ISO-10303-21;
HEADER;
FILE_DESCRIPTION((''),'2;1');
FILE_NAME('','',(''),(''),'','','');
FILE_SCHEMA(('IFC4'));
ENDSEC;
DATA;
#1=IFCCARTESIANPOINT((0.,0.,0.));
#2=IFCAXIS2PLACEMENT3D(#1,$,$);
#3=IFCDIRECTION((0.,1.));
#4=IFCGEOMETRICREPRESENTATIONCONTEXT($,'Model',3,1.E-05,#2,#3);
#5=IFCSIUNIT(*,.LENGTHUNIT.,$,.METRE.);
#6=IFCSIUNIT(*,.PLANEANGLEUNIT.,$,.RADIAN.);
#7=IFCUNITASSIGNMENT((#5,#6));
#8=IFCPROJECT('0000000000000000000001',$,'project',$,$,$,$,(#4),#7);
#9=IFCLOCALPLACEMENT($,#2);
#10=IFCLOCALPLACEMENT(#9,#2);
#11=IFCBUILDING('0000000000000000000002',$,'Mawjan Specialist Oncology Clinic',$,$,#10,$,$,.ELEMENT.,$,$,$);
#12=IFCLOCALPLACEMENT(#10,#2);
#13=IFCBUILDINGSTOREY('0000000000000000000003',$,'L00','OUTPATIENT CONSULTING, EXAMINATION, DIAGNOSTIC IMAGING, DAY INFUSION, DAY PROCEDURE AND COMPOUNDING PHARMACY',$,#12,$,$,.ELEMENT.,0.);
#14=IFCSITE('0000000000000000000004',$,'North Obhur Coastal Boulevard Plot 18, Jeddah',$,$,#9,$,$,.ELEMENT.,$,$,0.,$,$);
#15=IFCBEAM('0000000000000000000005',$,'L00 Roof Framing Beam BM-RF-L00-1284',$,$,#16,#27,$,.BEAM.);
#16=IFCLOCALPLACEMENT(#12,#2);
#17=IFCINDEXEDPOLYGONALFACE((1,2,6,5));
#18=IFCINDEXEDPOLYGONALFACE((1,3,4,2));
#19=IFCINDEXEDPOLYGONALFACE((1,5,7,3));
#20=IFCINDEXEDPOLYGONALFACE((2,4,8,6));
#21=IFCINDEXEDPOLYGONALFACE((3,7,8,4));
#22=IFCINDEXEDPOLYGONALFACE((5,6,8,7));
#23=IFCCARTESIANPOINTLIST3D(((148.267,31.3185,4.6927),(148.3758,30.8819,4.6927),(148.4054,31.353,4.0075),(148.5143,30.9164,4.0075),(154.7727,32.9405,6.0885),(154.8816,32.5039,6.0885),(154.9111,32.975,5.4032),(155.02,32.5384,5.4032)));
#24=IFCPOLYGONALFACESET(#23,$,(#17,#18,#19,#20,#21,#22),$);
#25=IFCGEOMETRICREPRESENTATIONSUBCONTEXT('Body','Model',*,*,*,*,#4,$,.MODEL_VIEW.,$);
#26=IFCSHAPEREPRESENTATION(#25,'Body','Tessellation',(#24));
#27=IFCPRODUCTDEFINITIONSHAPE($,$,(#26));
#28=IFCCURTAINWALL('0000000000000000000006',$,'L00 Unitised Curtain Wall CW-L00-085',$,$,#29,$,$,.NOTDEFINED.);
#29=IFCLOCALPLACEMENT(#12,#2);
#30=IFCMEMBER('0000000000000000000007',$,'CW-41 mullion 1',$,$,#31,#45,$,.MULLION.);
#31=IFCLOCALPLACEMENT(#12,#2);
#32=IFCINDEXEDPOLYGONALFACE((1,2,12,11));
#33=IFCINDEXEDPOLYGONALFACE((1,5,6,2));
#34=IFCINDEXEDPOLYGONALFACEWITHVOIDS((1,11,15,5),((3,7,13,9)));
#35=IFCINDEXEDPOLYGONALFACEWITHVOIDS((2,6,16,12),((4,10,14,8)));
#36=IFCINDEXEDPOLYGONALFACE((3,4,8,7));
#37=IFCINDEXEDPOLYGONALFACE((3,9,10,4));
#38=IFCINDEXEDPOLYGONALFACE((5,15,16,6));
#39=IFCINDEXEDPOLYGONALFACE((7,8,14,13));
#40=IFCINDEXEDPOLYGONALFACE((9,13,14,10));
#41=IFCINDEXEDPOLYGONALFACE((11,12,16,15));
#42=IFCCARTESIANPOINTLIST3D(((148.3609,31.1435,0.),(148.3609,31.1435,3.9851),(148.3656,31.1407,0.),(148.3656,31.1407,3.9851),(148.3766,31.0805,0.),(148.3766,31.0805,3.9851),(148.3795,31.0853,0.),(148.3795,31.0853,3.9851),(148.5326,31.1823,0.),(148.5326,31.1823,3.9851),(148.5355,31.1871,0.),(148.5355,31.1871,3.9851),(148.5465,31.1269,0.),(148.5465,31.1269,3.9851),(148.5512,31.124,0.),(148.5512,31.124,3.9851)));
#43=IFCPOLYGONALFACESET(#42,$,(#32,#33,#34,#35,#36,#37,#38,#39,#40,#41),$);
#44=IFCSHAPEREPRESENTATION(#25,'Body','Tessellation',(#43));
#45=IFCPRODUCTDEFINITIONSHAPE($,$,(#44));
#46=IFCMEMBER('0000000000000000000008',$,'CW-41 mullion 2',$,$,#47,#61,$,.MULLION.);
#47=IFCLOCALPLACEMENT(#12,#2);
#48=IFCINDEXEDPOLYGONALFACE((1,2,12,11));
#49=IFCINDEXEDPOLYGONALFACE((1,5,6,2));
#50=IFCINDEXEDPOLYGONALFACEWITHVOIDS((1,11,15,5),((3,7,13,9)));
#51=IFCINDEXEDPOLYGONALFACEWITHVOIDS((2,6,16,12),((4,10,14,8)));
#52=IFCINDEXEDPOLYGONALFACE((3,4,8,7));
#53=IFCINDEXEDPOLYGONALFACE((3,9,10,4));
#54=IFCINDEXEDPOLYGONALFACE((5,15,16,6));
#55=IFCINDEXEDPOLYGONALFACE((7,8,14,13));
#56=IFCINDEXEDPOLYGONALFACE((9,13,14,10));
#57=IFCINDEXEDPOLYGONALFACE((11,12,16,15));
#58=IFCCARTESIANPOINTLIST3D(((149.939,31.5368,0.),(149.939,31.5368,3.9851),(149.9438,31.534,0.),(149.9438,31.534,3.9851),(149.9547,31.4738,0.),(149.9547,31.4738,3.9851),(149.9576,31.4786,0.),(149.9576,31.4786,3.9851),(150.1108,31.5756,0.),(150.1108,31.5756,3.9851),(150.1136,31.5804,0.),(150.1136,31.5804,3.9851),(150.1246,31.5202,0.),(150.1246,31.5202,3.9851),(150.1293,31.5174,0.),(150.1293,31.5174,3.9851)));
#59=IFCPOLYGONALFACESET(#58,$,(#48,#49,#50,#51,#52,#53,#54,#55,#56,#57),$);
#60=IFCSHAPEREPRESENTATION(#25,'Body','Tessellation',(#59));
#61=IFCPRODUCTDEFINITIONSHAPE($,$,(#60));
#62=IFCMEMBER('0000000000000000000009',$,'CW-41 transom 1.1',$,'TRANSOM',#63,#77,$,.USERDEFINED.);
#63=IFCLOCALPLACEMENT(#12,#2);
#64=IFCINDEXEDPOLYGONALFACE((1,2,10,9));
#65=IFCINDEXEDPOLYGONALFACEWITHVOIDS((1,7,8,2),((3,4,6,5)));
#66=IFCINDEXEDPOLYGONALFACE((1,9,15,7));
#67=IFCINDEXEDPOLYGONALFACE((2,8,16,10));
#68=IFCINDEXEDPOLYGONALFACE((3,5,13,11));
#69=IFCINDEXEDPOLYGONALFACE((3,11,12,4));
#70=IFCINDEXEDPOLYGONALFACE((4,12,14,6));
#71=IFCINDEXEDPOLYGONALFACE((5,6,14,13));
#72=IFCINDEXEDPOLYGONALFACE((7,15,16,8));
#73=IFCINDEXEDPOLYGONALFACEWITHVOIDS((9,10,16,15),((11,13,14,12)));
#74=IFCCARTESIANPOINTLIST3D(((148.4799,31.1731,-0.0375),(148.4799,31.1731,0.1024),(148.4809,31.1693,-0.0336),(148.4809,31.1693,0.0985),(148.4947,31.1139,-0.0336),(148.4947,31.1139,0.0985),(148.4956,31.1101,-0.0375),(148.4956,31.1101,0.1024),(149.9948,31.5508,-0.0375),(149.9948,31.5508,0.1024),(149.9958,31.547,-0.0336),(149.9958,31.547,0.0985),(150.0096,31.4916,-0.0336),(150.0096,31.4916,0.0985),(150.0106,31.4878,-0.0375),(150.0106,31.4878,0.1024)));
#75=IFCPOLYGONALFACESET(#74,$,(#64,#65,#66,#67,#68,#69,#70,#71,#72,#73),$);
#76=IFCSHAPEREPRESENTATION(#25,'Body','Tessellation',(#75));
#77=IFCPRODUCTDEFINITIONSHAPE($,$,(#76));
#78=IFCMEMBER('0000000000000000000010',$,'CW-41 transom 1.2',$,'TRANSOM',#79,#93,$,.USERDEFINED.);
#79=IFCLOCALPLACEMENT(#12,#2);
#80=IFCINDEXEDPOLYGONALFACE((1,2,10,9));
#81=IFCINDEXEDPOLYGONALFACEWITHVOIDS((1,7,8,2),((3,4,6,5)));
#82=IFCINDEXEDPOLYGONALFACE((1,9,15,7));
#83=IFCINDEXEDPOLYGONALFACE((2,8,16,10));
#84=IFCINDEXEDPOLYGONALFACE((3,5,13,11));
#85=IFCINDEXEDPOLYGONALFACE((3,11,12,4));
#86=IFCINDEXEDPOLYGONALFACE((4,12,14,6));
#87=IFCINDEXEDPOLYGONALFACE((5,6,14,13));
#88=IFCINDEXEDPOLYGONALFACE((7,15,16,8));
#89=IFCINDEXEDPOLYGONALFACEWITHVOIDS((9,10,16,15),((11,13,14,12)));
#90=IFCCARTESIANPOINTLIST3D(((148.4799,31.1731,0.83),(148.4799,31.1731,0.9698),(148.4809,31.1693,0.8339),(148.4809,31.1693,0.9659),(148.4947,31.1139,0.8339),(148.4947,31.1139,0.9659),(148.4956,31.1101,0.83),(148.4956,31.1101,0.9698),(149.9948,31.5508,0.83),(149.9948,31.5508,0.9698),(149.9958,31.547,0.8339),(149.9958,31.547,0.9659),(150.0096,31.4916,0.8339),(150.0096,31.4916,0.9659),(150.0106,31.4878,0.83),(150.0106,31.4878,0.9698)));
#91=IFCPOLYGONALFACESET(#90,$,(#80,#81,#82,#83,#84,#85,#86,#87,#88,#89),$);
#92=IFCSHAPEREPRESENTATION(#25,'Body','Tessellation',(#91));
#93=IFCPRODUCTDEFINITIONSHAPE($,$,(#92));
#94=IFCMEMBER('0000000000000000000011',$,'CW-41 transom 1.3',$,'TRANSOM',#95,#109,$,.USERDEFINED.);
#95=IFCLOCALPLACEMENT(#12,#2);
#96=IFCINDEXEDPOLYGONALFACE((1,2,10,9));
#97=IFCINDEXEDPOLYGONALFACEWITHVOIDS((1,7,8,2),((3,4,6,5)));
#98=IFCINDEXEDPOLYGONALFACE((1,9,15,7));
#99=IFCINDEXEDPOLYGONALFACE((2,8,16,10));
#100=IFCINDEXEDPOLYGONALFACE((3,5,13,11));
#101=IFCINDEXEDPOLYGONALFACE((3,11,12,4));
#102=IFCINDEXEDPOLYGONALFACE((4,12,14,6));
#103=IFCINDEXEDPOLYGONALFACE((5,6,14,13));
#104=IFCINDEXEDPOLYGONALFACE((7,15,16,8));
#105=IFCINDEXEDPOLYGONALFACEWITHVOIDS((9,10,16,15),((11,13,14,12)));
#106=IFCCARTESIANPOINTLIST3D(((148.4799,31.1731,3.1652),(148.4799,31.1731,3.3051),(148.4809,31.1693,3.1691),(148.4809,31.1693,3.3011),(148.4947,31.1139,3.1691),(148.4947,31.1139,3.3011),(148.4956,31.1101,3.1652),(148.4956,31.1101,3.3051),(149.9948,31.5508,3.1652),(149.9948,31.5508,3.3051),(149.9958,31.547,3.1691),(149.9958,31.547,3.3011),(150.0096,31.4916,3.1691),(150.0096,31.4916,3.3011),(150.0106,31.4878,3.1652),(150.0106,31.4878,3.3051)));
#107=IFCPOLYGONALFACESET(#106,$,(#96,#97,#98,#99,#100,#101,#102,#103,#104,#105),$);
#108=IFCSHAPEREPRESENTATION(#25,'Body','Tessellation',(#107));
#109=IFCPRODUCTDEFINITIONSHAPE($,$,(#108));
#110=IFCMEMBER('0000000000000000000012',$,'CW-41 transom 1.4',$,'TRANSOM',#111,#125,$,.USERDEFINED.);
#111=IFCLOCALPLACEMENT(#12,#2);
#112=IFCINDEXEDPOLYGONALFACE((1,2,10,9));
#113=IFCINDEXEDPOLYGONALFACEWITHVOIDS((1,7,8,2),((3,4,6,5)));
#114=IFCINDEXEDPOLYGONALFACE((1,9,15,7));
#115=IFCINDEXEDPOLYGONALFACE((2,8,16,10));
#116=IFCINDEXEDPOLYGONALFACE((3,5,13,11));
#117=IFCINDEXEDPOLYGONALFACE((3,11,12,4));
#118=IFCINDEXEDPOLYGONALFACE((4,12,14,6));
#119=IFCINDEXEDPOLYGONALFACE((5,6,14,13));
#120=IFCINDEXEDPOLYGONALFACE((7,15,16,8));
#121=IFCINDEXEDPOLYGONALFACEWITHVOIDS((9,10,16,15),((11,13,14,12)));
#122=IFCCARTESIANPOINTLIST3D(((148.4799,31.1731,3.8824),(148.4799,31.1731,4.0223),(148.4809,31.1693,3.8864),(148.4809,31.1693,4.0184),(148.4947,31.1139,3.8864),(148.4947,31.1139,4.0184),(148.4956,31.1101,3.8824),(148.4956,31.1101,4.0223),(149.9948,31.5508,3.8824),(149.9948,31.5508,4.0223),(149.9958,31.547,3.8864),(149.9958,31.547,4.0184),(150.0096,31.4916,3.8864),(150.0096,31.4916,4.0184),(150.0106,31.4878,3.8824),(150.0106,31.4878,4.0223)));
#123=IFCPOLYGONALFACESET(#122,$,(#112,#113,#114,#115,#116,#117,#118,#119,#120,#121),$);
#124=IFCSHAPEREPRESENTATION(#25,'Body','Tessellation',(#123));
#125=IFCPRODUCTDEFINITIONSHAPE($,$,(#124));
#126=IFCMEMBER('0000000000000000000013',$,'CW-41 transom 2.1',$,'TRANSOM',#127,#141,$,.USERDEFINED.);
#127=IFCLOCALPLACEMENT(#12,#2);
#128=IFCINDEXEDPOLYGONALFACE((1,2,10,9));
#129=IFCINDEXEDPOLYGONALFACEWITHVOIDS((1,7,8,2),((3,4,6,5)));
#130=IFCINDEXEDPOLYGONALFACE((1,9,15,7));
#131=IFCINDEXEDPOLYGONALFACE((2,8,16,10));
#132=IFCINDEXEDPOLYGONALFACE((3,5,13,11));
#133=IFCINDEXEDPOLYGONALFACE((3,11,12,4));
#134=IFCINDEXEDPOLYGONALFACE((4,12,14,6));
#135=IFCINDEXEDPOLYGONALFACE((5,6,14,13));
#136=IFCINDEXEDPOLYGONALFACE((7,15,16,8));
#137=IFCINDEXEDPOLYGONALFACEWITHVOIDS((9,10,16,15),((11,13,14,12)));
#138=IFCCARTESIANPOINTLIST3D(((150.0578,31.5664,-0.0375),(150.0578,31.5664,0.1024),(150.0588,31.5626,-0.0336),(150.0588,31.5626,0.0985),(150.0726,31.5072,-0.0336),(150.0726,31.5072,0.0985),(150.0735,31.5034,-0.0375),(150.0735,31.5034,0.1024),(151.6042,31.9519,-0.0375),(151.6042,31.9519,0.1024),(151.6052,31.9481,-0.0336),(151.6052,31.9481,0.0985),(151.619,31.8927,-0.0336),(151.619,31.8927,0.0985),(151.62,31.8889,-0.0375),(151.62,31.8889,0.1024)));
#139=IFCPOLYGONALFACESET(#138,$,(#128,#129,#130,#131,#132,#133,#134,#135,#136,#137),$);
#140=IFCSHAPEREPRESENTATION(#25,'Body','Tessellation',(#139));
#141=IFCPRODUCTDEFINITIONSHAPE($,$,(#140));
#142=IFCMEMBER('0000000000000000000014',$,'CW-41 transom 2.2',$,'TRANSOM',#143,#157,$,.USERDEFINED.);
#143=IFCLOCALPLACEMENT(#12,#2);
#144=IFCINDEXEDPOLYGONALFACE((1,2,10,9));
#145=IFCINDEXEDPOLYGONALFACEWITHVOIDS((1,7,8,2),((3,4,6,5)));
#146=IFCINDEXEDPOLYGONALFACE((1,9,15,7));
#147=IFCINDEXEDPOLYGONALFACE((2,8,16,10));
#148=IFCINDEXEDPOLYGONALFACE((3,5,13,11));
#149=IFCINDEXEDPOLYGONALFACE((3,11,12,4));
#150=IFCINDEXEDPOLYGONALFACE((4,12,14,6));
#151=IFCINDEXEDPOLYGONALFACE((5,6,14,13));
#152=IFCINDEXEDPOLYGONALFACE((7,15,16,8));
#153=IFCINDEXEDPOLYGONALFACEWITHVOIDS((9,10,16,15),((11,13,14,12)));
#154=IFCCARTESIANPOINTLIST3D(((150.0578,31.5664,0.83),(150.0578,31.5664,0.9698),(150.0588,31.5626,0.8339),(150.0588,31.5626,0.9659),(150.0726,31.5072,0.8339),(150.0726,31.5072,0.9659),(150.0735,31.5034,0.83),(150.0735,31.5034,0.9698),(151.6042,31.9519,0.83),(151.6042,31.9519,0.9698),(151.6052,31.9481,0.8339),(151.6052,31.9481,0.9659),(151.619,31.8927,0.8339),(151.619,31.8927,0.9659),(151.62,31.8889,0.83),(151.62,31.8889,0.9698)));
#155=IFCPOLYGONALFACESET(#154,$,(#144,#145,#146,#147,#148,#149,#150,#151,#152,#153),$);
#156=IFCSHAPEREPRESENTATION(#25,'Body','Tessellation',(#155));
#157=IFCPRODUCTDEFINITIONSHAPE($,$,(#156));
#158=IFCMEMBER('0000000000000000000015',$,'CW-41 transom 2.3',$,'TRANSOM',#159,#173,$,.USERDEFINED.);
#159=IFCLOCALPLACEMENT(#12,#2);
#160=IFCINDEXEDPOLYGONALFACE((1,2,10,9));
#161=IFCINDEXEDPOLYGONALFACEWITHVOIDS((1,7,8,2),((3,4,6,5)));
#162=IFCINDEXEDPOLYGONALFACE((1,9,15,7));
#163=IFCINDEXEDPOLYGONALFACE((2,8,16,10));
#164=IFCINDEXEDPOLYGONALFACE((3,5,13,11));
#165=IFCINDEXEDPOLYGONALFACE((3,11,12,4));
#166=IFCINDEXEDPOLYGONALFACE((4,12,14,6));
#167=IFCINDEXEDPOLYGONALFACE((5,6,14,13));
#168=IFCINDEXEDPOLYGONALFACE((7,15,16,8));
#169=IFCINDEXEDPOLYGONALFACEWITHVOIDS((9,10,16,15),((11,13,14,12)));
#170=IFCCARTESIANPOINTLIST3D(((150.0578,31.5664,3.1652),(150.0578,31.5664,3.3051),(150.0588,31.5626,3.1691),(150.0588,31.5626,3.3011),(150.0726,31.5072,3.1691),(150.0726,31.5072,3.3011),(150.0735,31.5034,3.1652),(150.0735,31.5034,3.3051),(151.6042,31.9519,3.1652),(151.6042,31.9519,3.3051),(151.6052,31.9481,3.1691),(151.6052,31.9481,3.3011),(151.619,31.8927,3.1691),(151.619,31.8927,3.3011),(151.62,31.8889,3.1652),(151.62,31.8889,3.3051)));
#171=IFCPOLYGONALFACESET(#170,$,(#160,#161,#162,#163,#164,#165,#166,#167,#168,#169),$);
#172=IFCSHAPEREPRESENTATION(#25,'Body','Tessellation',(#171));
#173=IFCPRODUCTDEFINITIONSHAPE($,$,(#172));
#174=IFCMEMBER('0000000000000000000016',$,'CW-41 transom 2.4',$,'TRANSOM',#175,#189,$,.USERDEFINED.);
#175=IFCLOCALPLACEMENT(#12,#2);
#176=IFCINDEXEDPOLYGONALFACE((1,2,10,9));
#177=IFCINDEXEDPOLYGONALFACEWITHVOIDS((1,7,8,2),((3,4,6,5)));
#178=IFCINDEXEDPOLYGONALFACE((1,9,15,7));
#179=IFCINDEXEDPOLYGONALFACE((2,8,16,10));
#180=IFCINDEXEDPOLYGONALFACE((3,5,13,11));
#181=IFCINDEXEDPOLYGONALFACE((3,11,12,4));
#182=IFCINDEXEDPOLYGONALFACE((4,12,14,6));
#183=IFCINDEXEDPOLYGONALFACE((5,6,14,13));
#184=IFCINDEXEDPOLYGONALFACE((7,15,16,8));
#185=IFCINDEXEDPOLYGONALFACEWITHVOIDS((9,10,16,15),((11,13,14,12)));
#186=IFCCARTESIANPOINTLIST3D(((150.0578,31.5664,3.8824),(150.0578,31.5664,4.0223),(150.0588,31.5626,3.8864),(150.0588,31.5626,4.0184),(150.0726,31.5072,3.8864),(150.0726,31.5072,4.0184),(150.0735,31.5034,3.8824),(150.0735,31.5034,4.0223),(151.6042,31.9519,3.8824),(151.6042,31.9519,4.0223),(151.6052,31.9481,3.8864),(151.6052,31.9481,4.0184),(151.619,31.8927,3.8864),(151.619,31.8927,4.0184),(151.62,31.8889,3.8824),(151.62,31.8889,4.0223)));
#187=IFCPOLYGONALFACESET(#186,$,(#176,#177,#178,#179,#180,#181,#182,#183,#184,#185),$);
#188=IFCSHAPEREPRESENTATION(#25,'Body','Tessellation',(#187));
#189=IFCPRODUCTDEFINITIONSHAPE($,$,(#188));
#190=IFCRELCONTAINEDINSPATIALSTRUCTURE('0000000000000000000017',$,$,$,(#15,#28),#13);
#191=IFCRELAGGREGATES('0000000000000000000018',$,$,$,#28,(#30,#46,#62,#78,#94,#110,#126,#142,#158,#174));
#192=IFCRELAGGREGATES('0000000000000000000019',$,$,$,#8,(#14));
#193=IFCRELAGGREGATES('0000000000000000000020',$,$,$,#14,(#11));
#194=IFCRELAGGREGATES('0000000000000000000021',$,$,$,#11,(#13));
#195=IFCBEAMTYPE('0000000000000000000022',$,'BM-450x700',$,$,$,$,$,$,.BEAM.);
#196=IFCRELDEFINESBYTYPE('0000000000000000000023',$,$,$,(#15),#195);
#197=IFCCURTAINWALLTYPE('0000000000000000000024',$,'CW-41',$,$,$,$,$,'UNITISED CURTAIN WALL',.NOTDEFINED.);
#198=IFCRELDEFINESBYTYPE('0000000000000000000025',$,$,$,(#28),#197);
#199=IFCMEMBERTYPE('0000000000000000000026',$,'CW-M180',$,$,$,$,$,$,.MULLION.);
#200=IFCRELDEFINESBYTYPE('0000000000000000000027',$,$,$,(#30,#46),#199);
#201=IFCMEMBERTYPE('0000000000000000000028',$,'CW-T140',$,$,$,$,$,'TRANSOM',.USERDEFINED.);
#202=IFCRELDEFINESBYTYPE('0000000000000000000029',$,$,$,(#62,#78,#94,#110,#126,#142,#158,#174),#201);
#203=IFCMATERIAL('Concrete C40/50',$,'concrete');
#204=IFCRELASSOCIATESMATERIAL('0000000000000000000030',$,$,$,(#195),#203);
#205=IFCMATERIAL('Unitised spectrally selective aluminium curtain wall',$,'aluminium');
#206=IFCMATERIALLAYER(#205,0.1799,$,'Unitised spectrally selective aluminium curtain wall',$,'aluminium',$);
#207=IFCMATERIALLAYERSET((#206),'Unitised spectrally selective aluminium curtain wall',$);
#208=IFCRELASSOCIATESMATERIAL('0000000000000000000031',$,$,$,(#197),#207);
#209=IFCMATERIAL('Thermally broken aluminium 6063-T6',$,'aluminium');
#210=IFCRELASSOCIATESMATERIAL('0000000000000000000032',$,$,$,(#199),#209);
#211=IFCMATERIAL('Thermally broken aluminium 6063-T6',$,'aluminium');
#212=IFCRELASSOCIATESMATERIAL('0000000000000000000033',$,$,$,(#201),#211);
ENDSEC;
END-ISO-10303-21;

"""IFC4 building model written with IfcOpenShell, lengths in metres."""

from ifc_helpers import new_model, si_unit, direction, frame, origin, origin_2d, place, context, subcontext, project, spatial, rectangle, hollow_rectangle, extrude, material, layer, layer_set, material_profile, profile_set, type_object, element, aggregate, save


model = new_model("IFC4")

# Units and contexts
model_context = context("Model", 3, precision=1e-05, world=origin(), true_north=direction((0.0, 1.0)))
body_context = subcontext(model_context, "Body", "Model", "MODEL_VIEW")
ifc_project = project(units=[si_unit("LENGTHUNIT", "METRE"), si_unit("PLANEANGLEUNIT", "RADIAN")], contexts=[model_context])

# Site, building, storey
site_placement = place(None, origin())
site = spatial("IfcSite", under=ifc_project, at=site_placement, Name="North Obhur Coastal Boulevard Plot 18, Jeddah", CompositionType="ELEMENT", RefElevation=0.0)
building_placement = place(site_placement, origin())
building = spatial("IfcBuilding", under=site, at=building_placement, Name="Mawjan Specialist Oncology Clinic", CompositionType="ELEMENT")
storey_placement = place(building_placement, origin())
storey = spatial("IfcBuildingStorey", under=building, at=storey_placement, Name="L00", Description="OUTPATIENT CONSULTING, EXAMINATION, DIAGNOSTIC IMAGING, DAY INFUSION, DAY PROCEDURE AND COMPOUNDING PHARMACY", CompositionType="ELEMENT", Elevation=0.0)

# Beam
ifc_material_1 = material(Name="Concrete C40/50", Category="concrete")
ifc_material_profile_1 = material_profile(ifc_material_1, rectangle(XDim=0.45, YDim=0.7, at=origin_2d()), Name="RC BM 450x700", Category="concrete")
ifc_profile_set_1 = profile_set([ifc_material_profile_1], Name="Concrete C40/50")
beam_type = type_object("IfcBeamType", Name="BM-450x700", PredefinedType="BEAM", material=ifc_profile_set_1)
beam_placement = place(storey_placement, frame((148.3906, 31.1174, 4.3501), z_axis=(0.949933, 0.236842, 0.203796), x_axis=(-0.241919, 0.970297, 0.0)))
element("IfcBeam", 1, at=beam_placement, inside=storey, type_object=beam_type, Name="L00 Roof Framing Beam BM-RF-L00-1284", PredefinedType="BEAM", context=body_context, shape_type="SweptSolid", body=[
    extrude(rectangle(XDim=0.45, YDim=0.7, at=origin_2d()), origin(), (0.0, 0.0, 1.0), 6.8486),
])

# Curtain wall, members
ifc_material_2 = material(Name="Unitised spectrally selective aluminium curtain wall", Category="aluminium")
ifc_layer_1 = layer(ifc_material_2, 0.1799, Name="Unitised spectrally selective aluminium curtain wall", Category="aluminium")
ifc_layer_set_1 = layer_set([ifc_layer_1], Name="Unitised spectrally selective aluminium curtain wall")
curtain_wall_type = type_object("IfcCurtainWallType", Name="CW-41", ElementType="UNITISED CURTAIN WALL", PredefinedType="NOTDEFINED", material=ifc_layer_set_1)
curtain_wall_placement = place(storey_placement, origin())
curtain_wall = element("IfcCurtainWall", 2, at=curtain_wall_placement, inside=storey, type_object=curtain_wall_type, Name="L00 Unitised Curtain Wall CW-L00-085", PredefinedType="NOTDEFINED")
ifc_material_3 = material(Name="Thermally broken aluminium 6063-T6", Category="aluminium")
ifc_material_profile_2 = material_profile(ifc_material_3, hollow_rectangle(XDim=0.0649, YDim=0.1799, WallThickness=0.0039, at=origin_2d()), Name="ALU MULLION 180x65x4", Category="aluminium")
ifc_profile_set_2 = profile_set([ifc_material_profile_2], Name="Thermally broken aluminium 6063-T6")
member_type_1 = type_object("IfcMemberType", Name="CW-M180", PredefinedType="MULLION", material=ifc_profile_set_2)
member_1_placement = place(storey_placement, frame((148.4561, 31.1338, 0.0), z_axis=(0.0, 0.0, 1.0), x_axis=(-0.241922, 0.970296, 0.0)))
member_1 = element("IfcMember", 3, at=member_1_placement, type_object=member_type_1, Name="CW-41 mullion 1", PredefinedType="MULLION", context=body_context, shape_type="SweptSolid", body=[
    extrude(hollow_rectangle(XDim=0.0649, YDim=0.1799, WallThickness=0.0039, at=origin_2d()), origin(), (0.0, 0.0, 1.0), 3.9851),
])
member_2_placement = place(storey_placement, frame((150.0342, 31.5271, 0.0), z_axis=(0.0, 0.0, 1.0), x_axis=(-0.241922, 0.970296, 0.0)))
member_2 = element("IfcMember", 4, at=member_2_placement, type_object=member_type_1, Name="CW-41 mullion 2", PredefinedType="MULLION", context=body_context, shape_type="SweptSolid", body=[
    extrude(hollow_rectangle(XDim=0.0649, YDim=0.1799, WallThickness=0.0039, at=origin_2d()), origin(), (0.0, 0.0, 1.0), 3.9851),
])
ifc_material_4 = material(Name="Thermally broken aluminium 6063-T6", Category="aluminium")
ifc_material_profile_3 = material_profile(ifc_material_4, hollow_rectangle(XDim=0.0649, YDim=0.1399, WallThickness=0.0039, at=origin_2d()), Name="ALU TRANSOM 140x65x4", Category="aluminium")
ifc_profile_set_3 = profile_set([ifc_material_profile_3], Name="Thermally broken aluminium 6063-T6")
member_type_2 = type_object("IfcMemberType", Name="CW-T140", ElementType="TRANSOM", PredefinedType="USERDEFINED", material=ifc_profile_set_3)
member_3_placement = place(storey_placement, frame((148.4878, 31.1416, 0.0325), z_axis=(0.970299, 0.24191, 0.0), x_axis=(-0.24191, 0.970299, 0.0)))
member_3 = element("IfcMember", 5, at=member_3_placement, type_object=member_type_2, Name="CW-41 transom 1.1", ObjectType="TRANSOM", PredefinedType="USERDEFINED", context=body_context, shape_type="SweptSolid", body=[
    extrude(hollow_rectangle(XDim=0.0649, YDim=0.1399, WallThickness=0.0039, at=origin_2d()), origin(), (0.0, 0.0, 1.0), 1.5613),
])
member_4_placement = place(storey_placement, frame((148.4878, 31.1416, 0.8999), z_axis=(0.970299, 0.24191, 0.0), x_axis=(-0.24191, 0.970299, 0.0)))
member_4 = element("IfcMember", 6, at=member_4_placement, type_object=member_type_2, Name="CW-41 transom 1.2", ObjectType="TRANSOM", PredefinedType="USERDEFINED", context=body_context, shape_type="SweptSolid", body=[
    extrude(hollow_rectangle(XDim=0.0649, YDim=0.1399, WallThickness=0.0039, at=origin_2d()), origin(), (0.0, 0.0, 1.0), 1.5613),
])
member_5_placement = place(storey_placement, frame((148.4878, 31.1416, 3.2351), z_axis=(0.970299, 0.24191, 0.0), x_axis=(-0.24191, 0.970299, 0.0)))
member_5 = element("IfcMember", 7, at=member_5_placement, type_object=member_type_2, Name="CW-41 transom 1.3", ObjectType="TRANSOM", PredefinedType="USERDEFINED", context=body_context, shape_type="SweptSolid", body=[
    extrude(hollow_rectangle(XDim=0.0649, YDim=0.1399, WallThickness=0.0039, at=origin_2d()), origin(), (0.0, 0.0, 1.0), 1.5613),
])
member_6_placement = place(storey_placement, frame((148.4878, 31.1416, 3.9524), z_axis=(0.970299, 0.24191, 0.0), x_axis=(-0.24191, 0.970299, 0.0)))
member_6 = element("IfcMember", 8, at=member_6_placement, type_object=member_type_2, Name="CW-41 transom 1.4", ObjectType="TRANSOM", PredefinedType="USERDEFINED", context=body_context, shape_type="SweptSolid", body=[
    extrude(hollow_rectangle(XDim=0.0649, YDim=0.1399, WallThickness=0.0039, at=origin_2d()), origin(), (0.0, 0.0, 1.0), 1.5613),
])
member_7_placement = place(storey_placement, frame((150.0657, 31.5349, 0.0325), z_axis=(0.970304, 0.241887, 0.0), x_axis=(-0.241887, 0.970304, 0.0)))
member_7 = element("IfcMember", 9, at=member_7_placement, type_object=member_type_2, Name="CW-41 transom 2.1", ObjectType="TRANSOM", PredefinedType="USERDEFINED", context=body_context, shape_type="SweptSolid", body=[
    extrude(hollow_rectangle(XDim=0.0649, YDim=0.1399, WallThickness=0.0039, at=origin_2d()), origin(), (0.0, 0.0, 1.0), 1.5938),
])
member_8_placement = place(storey_placement, frame((150.0657, 31.5349, 0.8999), z_axis=(0.970304, 0.241887, 0.0), x_axis=(-0.241887, 0.970304, 0.0)))
member_8 = element("IfcMember", 10, at=member_8_placement, type_object=member_type_2, Name="CW-41 transom 2.2", ObjectType="TRANSOM", PredefinedType="USERDEFINED", context=body_context, shape_type="SweptSolid", body=[
    extrude(hollow_rectangle(XDim=0.0649, YDim=0.1399, WallThickness=0.0039, at=origin_2d()), origin(), (0.0, 0.0, 1.0), 1.5938),
])
member_9_placement = place(storey_placement, frame((150.0657, 31.5349, 3.2351), z_axis=(0.970304, 0.241887, 0.0), x_axis=(-0.241887, 0.970304, 0.0)))
member_9 = element("IfcMember", 11, at=member_9_placement, type_object=member_type_2, Name="CW-41 transom 2.3", ObjectType="TRANSOM", PredefinedType="USERDEFINED", context=body_context, shape_type="SweptSolid", body=[
    extrude(hollow_rectangle(XDim=0.0649, YDim=0.1399, WallThickness=0.0039, at=origin_2d()), origin(), (0.0, 0.0, 1.0), 1.5938),
])
member_10_placement = place(storey_placement, frame((150.0657, 31.5349, 3.9524), z_axis=(0.970304, 0.241887, 0.0), x_axis=(-0.241887, 0.970304, 0.0)))
member_10 = element("IfcMember", 12, at=member_10_placement, type_object=member_type_2, Name="CW-41 transom 2.4", ObjectType="TRANSOM", PredefinedType="USERDEFINED", context=body_context, shape_type="SweptSolid", body=[
    extrude(hollow_rectangle(XDim=0.0649, YDim=0.1399, WallThickness=0.0039, at=origin_2d()), origin(), (0.0, 0.0, 1.0), 1.5938),
])
aggregate(curtain_wall, [member_1, member_2, member_3, member_4, member_5, member_6, member_7, member_8, member_9, member_10])

save(model, "model.ifc")
